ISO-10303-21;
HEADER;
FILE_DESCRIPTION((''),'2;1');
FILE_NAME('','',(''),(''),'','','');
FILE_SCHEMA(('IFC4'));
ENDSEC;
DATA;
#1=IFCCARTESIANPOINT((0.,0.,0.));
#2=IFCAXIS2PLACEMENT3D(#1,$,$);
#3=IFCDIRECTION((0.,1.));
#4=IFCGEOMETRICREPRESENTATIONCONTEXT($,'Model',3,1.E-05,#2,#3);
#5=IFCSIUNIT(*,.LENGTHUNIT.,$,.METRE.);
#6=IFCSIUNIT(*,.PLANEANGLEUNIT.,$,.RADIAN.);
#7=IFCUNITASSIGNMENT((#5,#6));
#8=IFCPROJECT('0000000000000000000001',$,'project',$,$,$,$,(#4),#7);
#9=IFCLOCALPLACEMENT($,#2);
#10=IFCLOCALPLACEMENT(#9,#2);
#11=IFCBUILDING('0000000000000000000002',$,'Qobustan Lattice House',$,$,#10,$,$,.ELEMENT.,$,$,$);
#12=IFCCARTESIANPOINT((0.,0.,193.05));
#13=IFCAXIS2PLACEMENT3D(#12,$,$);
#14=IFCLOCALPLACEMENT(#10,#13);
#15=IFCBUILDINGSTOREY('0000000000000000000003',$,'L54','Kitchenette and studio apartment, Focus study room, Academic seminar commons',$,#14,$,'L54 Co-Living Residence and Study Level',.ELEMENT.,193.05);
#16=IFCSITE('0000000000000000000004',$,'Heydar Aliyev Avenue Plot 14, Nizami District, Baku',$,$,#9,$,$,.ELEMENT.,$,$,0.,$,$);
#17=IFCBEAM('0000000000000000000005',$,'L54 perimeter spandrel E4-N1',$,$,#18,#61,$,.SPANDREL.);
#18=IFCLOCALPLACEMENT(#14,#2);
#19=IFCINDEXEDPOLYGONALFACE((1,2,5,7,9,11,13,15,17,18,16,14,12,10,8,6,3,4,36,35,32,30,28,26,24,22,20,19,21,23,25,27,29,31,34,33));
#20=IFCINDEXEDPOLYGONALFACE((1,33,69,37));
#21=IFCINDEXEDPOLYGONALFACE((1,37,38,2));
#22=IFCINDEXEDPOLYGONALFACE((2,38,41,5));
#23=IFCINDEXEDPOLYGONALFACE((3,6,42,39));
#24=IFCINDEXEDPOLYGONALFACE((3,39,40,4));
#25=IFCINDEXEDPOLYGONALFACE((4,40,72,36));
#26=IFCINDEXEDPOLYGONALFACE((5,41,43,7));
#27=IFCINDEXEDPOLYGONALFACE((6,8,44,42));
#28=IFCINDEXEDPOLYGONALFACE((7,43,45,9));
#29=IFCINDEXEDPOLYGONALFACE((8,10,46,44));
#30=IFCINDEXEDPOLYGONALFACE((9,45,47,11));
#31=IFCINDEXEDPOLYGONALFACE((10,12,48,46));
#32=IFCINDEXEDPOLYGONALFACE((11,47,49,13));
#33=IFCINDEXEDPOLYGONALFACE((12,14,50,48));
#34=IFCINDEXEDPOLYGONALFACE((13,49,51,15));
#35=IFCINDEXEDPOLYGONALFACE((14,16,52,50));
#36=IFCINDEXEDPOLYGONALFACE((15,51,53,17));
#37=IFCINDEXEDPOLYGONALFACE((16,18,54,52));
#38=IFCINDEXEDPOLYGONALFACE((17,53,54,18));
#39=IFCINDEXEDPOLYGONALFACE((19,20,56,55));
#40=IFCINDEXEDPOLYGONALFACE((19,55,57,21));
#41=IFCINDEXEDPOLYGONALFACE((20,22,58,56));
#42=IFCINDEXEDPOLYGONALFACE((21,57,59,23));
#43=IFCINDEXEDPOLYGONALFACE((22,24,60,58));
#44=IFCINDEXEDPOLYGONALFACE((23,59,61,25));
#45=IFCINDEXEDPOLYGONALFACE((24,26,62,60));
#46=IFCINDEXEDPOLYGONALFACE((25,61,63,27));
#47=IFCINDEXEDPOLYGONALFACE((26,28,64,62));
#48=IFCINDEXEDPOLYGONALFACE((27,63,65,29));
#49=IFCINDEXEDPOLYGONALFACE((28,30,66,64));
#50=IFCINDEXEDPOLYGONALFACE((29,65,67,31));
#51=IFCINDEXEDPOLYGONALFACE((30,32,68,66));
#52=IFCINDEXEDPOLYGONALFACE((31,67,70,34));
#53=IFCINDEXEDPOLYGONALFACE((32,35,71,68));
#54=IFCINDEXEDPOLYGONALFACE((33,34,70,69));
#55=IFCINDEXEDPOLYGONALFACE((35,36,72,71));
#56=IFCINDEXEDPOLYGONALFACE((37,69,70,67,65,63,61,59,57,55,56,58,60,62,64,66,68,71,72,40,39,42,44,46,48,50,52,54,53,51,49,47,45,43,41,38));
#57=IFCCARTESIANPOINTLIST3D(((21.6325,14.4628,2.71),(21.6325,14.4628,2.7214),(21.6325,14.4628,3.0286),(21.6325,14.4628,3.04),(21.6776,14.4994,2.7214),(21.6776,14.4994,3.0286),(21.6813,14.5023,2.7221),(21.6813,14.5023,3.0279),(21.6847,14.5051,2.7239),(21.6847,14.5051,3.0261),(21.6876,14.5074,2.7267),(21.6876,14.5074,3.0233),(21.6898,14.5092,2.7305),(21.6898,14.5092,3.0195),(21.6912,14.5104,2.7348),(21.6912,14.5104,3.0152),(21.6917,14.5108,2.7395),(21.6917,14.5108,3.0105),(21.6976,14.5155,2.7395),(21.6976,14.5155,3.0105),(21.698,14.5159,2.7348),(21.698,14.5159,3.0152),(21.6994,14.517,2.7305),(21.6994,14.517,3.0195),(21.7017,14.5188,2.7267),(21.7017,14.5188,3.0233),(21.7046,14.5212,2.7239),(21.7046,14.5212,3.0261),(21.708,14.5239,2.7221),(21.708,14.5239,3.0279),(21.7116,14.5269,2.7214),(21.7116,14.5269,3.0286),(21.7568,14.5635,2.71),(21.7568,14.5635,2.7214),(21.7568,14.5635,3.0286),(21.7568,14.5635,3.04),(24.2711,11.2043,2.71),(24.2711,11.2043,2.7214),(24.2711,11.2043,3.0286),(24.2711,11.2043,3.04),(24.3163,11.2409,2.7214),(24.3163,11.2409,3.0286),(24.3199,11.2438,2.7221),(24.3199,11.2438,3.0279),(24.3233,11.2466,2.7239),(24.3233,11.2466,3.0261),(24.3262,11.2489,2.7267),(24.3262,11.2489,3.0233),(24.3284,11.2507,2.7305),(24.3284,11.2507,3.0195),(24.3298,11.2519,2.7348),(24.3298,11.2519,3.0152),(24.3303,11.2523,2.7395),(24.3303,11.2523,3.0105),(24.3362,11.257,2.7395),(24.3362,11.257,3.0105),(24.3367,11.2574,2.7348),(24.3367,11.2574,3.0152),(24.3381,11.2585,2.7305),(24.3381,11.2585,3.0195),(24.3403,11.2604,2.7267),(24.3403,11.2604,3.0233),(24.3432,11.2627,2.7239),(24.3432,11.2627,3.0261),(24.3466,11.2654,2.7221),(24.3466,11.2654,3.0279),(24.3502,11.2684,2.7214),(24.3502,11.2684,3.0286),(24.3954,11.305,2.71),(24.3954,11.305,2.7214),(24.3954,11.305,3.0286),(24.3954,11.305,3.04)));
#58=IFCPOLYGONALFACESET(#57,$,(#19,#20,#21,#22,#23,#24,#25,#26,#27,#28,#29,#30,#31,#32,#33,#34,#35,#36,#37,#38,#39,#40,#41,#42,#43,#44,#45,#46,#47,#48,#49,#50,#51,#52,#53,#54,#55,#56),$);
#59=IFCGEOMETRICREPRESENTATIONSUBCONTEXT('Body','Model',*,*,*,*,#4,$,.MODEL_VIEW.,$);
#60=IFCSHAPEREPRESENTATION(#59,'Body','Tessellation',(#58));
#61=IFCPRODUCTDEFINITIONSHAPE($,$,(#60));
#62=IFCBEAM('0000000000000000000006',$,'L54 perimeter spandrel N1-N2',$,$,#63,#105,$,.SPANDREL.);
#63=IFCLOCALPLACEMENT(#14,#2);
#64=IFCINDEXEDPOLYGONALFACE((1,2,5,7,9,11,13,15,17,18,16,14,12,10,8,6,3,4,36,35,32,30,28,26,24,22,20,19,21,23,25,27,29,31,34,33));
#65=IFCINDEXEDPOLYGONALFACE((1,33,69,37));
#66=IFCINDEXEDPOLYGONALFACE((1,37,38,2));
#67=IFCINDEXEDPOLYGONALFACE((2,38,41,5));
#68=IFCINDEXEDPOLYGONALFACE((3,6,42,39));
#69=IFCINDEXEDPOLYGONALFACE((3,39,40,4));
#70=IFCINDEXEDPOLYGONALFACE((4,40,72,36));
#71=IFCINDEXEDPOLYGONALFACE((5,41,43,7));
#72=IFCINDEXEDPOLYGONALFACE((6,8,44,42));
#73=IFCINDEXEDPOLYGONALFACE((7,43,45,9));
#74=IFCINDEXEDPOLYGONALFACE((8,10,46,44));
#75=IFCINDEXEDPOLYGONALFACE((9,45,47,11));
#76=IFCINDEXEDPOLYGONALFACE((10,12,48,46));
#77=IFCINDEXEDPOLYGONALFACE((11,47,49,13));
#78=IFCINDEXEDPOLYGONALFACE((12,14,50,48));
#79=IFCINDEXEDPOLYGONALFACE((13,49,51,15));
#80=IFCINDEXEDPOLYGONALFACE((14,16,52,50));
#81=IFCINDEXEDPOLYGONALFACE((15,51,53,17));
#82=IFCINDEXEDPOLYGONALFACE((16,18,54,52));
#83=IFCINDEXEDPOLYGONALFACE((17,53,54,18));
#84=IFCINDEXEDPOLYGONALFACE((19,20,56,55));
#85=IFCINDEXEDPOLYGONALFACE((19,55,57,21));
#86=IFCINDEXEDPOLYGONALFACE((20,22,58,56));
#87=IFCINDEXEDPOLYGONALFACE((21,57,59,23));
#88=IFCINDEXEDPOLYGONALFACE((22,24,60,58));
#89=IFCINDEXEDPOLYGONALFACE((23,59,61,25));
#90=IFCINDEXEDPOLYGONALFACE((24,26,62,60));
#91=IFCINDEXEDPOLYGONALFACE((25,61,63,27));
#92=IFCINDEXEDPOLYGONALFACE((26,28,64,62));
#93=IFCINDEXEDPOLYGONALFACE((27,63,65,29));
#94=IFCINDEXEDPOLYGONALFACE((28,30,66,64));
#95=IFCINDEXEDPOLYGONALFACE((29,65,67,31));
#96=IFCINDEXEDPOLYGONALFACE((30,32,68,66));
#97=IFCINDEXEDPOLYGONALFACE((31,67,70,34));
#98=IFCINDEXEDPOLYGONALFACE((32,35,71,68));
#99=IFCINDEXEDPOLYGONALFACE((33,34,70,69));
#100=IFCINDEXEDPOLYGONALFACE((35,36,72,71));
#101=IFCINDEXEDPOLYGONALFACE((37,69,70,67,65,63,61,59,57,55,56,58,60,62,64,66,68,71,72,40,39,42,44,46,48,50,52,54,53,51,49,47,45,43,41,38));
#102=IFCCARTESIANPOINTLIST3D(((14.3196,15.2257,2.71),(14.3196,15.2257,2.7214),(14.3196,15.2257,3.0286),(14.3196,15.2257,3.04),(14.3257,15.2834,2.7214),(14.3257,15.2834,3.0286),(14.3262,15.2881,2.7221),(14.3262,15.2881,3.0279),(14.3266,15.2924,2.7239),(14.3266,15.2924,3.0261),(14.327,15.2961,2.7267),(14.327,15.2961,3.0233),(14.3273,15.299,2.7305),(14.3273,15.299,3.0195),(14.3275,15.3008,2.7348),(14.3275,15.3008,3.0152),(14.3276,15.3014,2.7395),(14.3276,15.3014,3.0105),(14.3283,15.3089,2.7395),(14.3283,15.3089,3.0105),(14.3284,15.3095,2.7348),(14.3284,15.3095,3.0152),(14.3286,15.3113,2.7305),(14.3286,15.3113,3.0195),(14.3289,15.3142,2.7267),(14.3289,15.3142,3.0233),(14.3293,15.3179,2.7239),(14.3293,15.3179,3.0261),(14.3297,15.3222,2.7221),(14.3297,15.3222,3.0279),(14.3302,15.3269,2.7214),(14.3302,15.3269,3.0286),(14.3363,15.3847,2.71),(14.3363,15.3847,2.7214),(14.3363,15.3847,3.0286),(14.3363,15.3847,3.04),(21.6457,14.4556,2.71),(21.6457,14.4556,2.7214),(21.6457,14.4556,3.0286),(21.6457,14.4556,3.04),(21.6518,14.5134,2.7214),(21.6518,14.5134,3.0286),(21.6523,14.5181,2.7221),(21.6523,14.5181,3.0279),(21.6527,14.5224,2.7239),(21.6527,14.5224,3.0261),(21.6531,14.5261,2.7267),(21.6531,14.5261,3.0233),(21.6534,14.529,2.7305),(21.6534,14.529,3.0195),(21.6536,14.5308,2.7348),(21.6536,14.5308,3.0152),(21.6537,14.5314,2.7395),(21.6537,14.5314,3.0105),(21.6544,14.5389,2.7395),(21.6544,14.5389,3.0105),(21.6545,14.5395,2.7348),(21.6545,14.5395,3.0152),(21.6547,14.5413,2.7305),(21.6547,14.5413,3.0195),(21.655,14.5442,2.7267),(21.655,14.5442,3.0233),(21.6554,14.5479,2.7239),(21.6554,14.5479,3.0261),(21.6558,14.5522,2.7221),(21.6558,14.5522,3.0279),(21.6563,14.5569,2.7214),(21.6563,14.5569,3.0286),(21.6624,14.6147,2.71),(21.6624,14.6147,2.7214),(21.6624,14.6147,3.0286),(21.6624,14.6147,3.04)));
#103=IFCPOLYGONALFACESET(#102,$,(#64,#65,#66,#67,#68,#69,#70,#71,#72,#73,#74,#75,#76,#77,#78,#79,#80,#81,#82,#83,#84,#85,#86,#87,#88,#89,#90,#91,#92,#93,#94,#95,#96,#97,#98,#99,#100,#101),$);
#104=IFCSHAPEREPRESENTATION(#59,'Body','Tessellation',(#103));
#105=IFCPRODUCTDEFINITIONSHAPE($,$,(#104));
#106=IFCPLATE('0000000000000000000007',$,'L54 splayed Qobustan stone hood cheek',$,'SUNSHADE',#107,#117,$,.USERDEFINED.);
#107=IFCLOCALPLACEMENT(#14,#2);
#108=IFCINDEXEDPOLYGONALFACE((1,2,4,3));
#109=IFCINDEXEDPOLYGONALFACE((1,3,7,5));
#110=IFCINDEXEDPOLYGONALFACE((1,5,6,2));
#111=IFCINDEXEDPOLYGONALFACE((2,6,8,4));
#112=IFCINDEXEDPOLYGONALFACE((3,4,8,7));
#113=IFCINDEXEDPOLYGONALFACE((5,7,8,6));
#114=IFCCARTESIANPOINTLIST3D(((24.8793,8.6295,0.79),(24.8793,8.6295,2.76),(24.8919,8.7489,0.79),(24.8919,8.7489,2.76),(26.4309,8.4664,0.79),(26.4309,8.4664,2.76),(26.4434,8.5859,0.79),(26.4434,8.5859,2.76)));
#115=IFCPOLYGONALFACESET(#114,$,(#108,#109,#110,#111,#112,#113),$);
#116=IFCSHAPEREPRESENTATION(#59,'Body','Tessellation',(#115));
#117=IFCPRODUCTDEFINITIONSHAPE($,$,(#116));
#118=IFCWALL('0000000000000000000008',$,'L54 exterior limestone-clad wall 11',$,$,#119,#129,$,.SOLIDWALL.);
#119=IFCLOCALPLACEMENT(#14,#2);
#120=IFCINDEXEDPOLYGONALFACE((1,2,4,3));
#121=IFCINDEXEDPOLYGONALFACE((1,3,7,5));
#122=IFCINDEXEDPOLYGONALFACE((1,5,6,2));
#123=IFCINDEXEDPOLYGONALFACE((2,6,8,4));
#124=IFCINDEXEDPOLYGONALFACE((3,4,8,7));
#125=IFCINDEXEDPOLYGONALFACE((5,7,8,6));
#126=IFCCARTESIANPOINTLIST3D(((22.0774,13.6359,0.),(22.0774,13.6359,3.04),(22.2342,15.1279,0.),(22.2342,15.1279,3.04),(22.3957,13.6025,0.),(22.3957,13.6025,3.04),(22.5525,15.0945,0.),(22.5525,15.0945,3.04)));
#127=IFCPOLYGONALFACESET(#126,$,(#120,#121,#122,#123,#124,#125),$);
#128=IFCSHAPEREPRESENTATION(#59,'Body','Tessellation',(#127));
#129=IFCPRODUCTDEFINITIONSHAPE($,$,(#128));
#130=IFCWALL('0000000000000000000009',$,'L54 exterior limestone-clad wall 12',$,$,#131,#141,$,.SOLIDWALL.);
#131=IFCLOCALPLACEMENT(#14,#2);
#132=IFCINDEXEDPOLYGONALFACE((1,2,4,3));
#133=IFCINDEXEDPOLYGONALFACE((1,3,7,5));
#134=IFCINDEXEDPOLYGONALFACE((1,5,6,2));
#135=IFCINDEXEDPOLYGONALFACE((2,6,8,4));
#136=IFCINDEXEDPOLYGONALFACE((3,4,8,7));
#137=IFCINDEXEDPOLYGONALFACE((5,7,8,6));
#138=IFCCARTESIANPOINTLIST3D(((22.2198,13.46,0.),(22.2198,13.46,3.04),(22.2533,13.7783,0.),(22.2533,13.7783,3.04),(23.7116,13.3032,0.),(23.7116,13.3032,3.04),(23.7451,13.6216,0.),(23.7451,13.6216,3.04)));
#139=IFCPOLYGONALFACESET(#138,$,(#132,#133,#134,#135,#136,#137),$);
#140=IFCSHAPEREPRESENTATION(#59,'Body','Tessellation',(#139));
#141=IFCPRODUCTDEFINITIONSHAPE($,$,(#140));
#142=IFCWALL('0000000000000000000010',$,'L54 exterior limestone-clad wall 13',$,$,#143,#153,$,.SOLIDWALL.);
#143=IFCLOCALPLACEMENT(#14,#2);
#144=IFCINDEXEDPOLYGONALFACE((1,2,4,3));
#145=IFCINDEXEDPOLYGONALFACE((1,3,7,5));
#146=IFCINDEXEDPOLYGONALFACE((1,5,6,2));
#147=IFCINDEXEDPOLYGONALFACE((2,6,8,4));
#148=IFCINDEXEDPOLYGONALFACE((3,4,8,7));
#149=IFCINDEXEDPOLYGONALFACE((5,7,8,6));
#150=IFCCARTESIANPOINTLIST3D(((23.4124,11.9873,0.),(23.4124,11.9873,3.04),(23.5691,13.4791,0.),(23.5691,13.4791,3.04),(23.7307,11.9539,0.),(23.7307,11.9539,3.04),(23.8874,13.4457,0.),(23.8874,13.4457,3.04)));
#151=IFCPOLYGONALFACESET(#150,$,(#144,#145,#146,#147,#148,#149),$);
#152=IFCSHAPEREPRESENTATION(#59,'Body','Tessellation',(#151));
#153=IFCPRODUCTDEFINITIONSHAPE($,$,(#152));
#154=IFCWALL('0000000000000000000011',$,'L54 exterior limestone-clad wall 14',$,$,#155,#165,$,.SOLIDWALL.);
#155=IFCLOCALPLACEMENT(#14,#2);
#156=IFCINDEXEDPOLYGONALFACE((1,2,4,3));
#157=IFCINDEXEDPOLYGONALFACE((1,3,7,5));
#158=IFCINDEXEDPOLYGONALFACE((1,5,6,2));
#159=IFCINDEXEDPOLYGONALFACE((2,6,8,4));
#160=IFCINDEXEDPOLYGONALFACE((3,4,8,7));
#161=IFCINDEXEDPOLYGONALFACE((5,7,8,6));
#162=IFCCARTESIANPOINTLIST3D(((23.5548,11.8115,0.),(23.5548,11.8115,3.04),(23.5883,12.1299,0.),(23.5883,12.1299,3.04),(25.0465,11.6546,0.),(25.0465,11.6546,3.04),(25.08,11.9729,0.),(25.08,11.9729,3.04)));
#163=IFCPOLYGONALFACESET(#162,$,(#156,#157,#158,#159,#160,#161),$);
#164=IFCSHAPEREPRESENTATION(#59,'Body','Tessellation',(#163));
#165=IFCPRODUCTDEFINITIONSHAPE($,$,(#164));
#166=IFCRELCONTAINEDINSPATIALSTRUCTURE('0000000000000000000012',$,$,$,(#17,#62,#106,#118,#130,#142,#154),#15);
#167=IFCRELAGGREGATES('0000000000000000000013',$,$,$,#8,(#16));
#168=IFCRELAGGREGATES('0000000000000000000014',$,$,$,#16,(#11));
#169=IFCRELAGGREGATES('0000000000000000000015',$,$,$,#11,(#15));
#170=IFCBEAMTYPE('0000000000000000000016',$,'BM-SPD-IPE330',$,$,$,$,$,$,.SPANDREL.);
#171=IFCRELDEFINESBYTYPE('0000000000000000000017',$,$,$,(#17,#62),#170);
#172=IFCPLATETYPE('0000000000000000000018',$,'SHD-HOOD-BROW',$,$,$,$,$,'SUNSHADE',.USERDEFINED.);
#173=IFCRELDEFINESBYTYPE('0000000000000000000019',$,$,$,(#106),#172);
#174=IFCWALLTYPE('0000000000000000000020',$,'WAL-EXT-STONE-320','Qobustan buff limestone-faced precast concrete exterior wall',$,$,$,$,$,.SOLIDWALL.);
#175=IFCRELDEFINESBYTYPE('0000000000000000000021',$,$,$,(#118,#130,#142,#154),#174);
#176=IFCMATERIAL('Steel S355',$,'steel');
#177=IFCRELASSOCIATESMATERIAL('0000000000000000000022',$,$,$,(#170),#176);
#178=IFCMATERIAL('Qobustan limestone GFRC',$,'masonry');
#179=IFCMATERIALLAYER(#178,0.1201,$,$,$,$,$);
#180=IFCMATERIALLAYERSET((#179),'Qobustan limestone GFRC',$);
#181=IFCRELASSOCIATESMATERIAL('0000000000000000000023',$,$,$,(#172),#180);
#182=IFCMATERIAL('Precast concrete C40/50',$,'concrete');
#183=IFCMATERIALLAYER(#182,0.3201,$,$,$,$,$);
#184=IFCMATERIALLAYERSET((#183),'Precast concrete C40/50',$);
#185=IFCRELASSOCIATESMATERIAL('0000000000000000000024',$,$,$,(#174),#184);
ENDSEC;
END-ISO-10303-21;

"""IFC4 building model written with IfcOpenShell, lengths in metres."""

from ifc_helpers import new_model, si_unit, direction, frame, frame_2d, origin, origin_2d, place, context, subcontext, project, spatial, rectangle, i_section, extrude, material, layer, layer_set, material_profile, profile_set, type_object, element, save


model = new_model("IFC4")

# Units and contexts
model_context = context("Model", 3, precision=1e-05, world=origin(), true_north=direction((0.0, 1.0)))
body_context = subcontext(model_context, "Body", "Model", "MODEL_VIEW")
ifc_project = project(units=[si_unit("LENGTHUNIT", "METRE"), si_unit("PLANEANGLEUNIT", "RADIAN")], contexts=[model_context])

# Site, building, storey
site_placement = place(None, origin())
site = spatial("IfcSite", under=ifc_project, at=site_placement, Name="Heydar Aliyev Avenue Plot 14, Nizami District, Baku", CompositionType="ELEMENT", RefElevation=0.0)
building_placement = place(site_placement, origin())
building = spatial("IfcBuilding", under=site, at=building_placement, Name="Qobustan Lattice House", CompositionType="ELEMENT")
storey_placement = place(building_placement, frame((0.0, 0.0, 193.05)))
storey = spatial("IfcBuildingStorey", under=building, at=storey_placement, Name="L54", Description="Kitchenette and studio apartment, Focus study room, Academic seminar commons", LongName="L54 Co-Living Residence and Study Level", CompositionType="ELEMENT", Elevation=193.05)

# Beams
ifc_material_1 = material(Name="Steel S355", Category="steel")
ifc_material_profile_1 = material_profile(ifc_material_1, i_section(OverallWidth=0.1599, OverallDepth=0.3301, WebThickness=0.0076, FlangeThickness=0.0115, FilletRadius=0.0181, at=origin_2d()), Name="IPE330")
ifc_profile_set_1 = profile_set([ifc_material_profile_1], Name="Steel S355")
beam_type_1 = type_object("IfcBeamType", Name="BM-SPD-IPE330", PredefinedType="SPANDREL", material=ifc_profile_set_1)
beam_1_placement = place(storey_placement, frame((24.3333, 11.2546, 2.875), z_axis=(-0.629314, 0.777151, 0.0), x_axis=(-0.777151, -0.629314, 0.0)))
element("IfcBeam", 1, at=beam_1_placement, inside=storey, type_object=beam_type_1, Name="L54 perimeter spandrel E4-N1", PredefinedType="SPANDREL", context=body_context, shape_type="SweptSolid", body=[
    extrude(i_section(OverallWidth=0.1599, OverallDepth=0.3301, WebThickness=0.0076, FlangeThickness=0.0115, FilletRadius=0.0181, at=origin_2d()), origin(), (0.0, 0.0, 1.0), 4.1929),
])
beam_2_placement = place(storey_placement, frame((21.6541, 14.5352, 2.875), z_axis=(-0.994522, 0.10453, 0.0), x_axis=(-0.10453, -0.994522, 0.0)))
element("IfcBeam", 2, at=beam_2_placement, inside=storey, type_object=beam_type_1, Name="L54 perimeter spandrel N1-N2", PredefinedType="SPANDREL", context=body_context, shape_type="SweptSolid", body=[
    extrude(i_section(OverallWidth=0.1599, OverallDepth=0.3301, WebThickness=0.0076, FlangeThickness=0.0115, FilletRadius=0.0181, at=origin_2d()), origin(), (0.0, 0.0, 1.0), 7.3665),
])

# Plate
ifc_material_2 = material(Name="Qobustan limestone GFRC", Category="masonry")
ifc_layer_1 = layer(ifc_material_2, 0.1201)
ifc_layer_set_1 = layer_set([ifc_layer_1], Name="Qobustan limestone GFRC")
plate_type = type_object("IfcPlateType", Name="SHD-HOOD-BROW", ElementType="SUNSHADE", PredefinedType="USERDEFINED", material=ifc_layer_set_1)
plate_placement = place(storey_placement, frame((25.6614, 8.6077, 0.79), z_axis=(0.0, 0.0, 1.0), x_axis=(-0.104528, -0.994522, 0.0)))
element("IfcPlate", 3, at=plate_placement, inside=storey, type_object=plate_type, Name="L54 splayed Qobustan stone hood cheek", ObjectType="SUNSHADE", PredefinedType="USERDEFINED", context=body_context, shape_type="SweptSolid", body=[
    extrude(rectangle(XDim=0.1201, YDim=1.5601, at=origin_2d()), origin(), (0.0, 0.0, 1.0), 1.97),
])

# Walls
ifc_material_3 = material(Name="Precast concrete C40/50", Category="concrete")
ifc_layer_2 = layer(ifc_material_3, 0.3201)
ifc_layer_set_2 = layer_set([ifc_layer_2], Name="Precast concrete C40/50")
wall_type_1 = type_object("IfcWallType", Name="WAL-EXT-STONE-320", Description="Qobustan buff limestone-faced precast concrete exterior wall", PredefinedType="SOLIDWALL", material=ifc_layer_set_2)
wall_1_placement = place(storey_placement, frame((22.3933, 15.1111, 0.0), z_axis=(0.0, 0.0, 1.0), x_axis=(-0.104481, -0.994527, 0.0)))
element("IfcWall", 4, at=wall_1_placement, inside=storey, type_object=wall_type_1, Name="L54 exterior limestone-clad wall 11", PredefinedType="SOLIDWALL", context=body_context, shape_type="SweptSolid", body=[
    extrude(rectangle(XDim=1.5002, YDim=0.3201, at=frame_2d((0.75, 0.0))), origin(), (0.0, 0.0, 1.0), 3.04),
])
for number, where, z_axis, x_axis, name in (
    (5, (22.2366, 13.6191, 0.0), (0.0, 0.0, 1.0), (0.994525, -0.104498, 0.0), "L54 exterior limestone-clad wall 12"),
    (6, (23.7283, 13.4624, 0.0), (0.0, 0.0, 1.0), (-0.104498, -0.994525, 0.0), "L54 exterior limestone-clad wall 13"),
    (7, (23.5715, 11.9707, 0.0), (0.0, 0.0, 1.0), (0.994508, -0.104659, 0.0), "L54 exterior limestone-clad wall 14"),
):
    element("IfcWall", number, at=place(storey_placement, frame(where, z_axis=z_axis, x_axis=x_axis)), inside=storey, type_object=wall_type_1, Name=name, PredefinedType="SOLIDWALL", context=body_context, shape_type="SweptSolid", body=[
        extrude(rectangle(XDim=1.5, YDim=0.3201, at=frame_2d((0.75, 0.0))), origin(), (0.0, 0.0, 1.0), 3.04),
    ])

save(model, "model.ifc")
